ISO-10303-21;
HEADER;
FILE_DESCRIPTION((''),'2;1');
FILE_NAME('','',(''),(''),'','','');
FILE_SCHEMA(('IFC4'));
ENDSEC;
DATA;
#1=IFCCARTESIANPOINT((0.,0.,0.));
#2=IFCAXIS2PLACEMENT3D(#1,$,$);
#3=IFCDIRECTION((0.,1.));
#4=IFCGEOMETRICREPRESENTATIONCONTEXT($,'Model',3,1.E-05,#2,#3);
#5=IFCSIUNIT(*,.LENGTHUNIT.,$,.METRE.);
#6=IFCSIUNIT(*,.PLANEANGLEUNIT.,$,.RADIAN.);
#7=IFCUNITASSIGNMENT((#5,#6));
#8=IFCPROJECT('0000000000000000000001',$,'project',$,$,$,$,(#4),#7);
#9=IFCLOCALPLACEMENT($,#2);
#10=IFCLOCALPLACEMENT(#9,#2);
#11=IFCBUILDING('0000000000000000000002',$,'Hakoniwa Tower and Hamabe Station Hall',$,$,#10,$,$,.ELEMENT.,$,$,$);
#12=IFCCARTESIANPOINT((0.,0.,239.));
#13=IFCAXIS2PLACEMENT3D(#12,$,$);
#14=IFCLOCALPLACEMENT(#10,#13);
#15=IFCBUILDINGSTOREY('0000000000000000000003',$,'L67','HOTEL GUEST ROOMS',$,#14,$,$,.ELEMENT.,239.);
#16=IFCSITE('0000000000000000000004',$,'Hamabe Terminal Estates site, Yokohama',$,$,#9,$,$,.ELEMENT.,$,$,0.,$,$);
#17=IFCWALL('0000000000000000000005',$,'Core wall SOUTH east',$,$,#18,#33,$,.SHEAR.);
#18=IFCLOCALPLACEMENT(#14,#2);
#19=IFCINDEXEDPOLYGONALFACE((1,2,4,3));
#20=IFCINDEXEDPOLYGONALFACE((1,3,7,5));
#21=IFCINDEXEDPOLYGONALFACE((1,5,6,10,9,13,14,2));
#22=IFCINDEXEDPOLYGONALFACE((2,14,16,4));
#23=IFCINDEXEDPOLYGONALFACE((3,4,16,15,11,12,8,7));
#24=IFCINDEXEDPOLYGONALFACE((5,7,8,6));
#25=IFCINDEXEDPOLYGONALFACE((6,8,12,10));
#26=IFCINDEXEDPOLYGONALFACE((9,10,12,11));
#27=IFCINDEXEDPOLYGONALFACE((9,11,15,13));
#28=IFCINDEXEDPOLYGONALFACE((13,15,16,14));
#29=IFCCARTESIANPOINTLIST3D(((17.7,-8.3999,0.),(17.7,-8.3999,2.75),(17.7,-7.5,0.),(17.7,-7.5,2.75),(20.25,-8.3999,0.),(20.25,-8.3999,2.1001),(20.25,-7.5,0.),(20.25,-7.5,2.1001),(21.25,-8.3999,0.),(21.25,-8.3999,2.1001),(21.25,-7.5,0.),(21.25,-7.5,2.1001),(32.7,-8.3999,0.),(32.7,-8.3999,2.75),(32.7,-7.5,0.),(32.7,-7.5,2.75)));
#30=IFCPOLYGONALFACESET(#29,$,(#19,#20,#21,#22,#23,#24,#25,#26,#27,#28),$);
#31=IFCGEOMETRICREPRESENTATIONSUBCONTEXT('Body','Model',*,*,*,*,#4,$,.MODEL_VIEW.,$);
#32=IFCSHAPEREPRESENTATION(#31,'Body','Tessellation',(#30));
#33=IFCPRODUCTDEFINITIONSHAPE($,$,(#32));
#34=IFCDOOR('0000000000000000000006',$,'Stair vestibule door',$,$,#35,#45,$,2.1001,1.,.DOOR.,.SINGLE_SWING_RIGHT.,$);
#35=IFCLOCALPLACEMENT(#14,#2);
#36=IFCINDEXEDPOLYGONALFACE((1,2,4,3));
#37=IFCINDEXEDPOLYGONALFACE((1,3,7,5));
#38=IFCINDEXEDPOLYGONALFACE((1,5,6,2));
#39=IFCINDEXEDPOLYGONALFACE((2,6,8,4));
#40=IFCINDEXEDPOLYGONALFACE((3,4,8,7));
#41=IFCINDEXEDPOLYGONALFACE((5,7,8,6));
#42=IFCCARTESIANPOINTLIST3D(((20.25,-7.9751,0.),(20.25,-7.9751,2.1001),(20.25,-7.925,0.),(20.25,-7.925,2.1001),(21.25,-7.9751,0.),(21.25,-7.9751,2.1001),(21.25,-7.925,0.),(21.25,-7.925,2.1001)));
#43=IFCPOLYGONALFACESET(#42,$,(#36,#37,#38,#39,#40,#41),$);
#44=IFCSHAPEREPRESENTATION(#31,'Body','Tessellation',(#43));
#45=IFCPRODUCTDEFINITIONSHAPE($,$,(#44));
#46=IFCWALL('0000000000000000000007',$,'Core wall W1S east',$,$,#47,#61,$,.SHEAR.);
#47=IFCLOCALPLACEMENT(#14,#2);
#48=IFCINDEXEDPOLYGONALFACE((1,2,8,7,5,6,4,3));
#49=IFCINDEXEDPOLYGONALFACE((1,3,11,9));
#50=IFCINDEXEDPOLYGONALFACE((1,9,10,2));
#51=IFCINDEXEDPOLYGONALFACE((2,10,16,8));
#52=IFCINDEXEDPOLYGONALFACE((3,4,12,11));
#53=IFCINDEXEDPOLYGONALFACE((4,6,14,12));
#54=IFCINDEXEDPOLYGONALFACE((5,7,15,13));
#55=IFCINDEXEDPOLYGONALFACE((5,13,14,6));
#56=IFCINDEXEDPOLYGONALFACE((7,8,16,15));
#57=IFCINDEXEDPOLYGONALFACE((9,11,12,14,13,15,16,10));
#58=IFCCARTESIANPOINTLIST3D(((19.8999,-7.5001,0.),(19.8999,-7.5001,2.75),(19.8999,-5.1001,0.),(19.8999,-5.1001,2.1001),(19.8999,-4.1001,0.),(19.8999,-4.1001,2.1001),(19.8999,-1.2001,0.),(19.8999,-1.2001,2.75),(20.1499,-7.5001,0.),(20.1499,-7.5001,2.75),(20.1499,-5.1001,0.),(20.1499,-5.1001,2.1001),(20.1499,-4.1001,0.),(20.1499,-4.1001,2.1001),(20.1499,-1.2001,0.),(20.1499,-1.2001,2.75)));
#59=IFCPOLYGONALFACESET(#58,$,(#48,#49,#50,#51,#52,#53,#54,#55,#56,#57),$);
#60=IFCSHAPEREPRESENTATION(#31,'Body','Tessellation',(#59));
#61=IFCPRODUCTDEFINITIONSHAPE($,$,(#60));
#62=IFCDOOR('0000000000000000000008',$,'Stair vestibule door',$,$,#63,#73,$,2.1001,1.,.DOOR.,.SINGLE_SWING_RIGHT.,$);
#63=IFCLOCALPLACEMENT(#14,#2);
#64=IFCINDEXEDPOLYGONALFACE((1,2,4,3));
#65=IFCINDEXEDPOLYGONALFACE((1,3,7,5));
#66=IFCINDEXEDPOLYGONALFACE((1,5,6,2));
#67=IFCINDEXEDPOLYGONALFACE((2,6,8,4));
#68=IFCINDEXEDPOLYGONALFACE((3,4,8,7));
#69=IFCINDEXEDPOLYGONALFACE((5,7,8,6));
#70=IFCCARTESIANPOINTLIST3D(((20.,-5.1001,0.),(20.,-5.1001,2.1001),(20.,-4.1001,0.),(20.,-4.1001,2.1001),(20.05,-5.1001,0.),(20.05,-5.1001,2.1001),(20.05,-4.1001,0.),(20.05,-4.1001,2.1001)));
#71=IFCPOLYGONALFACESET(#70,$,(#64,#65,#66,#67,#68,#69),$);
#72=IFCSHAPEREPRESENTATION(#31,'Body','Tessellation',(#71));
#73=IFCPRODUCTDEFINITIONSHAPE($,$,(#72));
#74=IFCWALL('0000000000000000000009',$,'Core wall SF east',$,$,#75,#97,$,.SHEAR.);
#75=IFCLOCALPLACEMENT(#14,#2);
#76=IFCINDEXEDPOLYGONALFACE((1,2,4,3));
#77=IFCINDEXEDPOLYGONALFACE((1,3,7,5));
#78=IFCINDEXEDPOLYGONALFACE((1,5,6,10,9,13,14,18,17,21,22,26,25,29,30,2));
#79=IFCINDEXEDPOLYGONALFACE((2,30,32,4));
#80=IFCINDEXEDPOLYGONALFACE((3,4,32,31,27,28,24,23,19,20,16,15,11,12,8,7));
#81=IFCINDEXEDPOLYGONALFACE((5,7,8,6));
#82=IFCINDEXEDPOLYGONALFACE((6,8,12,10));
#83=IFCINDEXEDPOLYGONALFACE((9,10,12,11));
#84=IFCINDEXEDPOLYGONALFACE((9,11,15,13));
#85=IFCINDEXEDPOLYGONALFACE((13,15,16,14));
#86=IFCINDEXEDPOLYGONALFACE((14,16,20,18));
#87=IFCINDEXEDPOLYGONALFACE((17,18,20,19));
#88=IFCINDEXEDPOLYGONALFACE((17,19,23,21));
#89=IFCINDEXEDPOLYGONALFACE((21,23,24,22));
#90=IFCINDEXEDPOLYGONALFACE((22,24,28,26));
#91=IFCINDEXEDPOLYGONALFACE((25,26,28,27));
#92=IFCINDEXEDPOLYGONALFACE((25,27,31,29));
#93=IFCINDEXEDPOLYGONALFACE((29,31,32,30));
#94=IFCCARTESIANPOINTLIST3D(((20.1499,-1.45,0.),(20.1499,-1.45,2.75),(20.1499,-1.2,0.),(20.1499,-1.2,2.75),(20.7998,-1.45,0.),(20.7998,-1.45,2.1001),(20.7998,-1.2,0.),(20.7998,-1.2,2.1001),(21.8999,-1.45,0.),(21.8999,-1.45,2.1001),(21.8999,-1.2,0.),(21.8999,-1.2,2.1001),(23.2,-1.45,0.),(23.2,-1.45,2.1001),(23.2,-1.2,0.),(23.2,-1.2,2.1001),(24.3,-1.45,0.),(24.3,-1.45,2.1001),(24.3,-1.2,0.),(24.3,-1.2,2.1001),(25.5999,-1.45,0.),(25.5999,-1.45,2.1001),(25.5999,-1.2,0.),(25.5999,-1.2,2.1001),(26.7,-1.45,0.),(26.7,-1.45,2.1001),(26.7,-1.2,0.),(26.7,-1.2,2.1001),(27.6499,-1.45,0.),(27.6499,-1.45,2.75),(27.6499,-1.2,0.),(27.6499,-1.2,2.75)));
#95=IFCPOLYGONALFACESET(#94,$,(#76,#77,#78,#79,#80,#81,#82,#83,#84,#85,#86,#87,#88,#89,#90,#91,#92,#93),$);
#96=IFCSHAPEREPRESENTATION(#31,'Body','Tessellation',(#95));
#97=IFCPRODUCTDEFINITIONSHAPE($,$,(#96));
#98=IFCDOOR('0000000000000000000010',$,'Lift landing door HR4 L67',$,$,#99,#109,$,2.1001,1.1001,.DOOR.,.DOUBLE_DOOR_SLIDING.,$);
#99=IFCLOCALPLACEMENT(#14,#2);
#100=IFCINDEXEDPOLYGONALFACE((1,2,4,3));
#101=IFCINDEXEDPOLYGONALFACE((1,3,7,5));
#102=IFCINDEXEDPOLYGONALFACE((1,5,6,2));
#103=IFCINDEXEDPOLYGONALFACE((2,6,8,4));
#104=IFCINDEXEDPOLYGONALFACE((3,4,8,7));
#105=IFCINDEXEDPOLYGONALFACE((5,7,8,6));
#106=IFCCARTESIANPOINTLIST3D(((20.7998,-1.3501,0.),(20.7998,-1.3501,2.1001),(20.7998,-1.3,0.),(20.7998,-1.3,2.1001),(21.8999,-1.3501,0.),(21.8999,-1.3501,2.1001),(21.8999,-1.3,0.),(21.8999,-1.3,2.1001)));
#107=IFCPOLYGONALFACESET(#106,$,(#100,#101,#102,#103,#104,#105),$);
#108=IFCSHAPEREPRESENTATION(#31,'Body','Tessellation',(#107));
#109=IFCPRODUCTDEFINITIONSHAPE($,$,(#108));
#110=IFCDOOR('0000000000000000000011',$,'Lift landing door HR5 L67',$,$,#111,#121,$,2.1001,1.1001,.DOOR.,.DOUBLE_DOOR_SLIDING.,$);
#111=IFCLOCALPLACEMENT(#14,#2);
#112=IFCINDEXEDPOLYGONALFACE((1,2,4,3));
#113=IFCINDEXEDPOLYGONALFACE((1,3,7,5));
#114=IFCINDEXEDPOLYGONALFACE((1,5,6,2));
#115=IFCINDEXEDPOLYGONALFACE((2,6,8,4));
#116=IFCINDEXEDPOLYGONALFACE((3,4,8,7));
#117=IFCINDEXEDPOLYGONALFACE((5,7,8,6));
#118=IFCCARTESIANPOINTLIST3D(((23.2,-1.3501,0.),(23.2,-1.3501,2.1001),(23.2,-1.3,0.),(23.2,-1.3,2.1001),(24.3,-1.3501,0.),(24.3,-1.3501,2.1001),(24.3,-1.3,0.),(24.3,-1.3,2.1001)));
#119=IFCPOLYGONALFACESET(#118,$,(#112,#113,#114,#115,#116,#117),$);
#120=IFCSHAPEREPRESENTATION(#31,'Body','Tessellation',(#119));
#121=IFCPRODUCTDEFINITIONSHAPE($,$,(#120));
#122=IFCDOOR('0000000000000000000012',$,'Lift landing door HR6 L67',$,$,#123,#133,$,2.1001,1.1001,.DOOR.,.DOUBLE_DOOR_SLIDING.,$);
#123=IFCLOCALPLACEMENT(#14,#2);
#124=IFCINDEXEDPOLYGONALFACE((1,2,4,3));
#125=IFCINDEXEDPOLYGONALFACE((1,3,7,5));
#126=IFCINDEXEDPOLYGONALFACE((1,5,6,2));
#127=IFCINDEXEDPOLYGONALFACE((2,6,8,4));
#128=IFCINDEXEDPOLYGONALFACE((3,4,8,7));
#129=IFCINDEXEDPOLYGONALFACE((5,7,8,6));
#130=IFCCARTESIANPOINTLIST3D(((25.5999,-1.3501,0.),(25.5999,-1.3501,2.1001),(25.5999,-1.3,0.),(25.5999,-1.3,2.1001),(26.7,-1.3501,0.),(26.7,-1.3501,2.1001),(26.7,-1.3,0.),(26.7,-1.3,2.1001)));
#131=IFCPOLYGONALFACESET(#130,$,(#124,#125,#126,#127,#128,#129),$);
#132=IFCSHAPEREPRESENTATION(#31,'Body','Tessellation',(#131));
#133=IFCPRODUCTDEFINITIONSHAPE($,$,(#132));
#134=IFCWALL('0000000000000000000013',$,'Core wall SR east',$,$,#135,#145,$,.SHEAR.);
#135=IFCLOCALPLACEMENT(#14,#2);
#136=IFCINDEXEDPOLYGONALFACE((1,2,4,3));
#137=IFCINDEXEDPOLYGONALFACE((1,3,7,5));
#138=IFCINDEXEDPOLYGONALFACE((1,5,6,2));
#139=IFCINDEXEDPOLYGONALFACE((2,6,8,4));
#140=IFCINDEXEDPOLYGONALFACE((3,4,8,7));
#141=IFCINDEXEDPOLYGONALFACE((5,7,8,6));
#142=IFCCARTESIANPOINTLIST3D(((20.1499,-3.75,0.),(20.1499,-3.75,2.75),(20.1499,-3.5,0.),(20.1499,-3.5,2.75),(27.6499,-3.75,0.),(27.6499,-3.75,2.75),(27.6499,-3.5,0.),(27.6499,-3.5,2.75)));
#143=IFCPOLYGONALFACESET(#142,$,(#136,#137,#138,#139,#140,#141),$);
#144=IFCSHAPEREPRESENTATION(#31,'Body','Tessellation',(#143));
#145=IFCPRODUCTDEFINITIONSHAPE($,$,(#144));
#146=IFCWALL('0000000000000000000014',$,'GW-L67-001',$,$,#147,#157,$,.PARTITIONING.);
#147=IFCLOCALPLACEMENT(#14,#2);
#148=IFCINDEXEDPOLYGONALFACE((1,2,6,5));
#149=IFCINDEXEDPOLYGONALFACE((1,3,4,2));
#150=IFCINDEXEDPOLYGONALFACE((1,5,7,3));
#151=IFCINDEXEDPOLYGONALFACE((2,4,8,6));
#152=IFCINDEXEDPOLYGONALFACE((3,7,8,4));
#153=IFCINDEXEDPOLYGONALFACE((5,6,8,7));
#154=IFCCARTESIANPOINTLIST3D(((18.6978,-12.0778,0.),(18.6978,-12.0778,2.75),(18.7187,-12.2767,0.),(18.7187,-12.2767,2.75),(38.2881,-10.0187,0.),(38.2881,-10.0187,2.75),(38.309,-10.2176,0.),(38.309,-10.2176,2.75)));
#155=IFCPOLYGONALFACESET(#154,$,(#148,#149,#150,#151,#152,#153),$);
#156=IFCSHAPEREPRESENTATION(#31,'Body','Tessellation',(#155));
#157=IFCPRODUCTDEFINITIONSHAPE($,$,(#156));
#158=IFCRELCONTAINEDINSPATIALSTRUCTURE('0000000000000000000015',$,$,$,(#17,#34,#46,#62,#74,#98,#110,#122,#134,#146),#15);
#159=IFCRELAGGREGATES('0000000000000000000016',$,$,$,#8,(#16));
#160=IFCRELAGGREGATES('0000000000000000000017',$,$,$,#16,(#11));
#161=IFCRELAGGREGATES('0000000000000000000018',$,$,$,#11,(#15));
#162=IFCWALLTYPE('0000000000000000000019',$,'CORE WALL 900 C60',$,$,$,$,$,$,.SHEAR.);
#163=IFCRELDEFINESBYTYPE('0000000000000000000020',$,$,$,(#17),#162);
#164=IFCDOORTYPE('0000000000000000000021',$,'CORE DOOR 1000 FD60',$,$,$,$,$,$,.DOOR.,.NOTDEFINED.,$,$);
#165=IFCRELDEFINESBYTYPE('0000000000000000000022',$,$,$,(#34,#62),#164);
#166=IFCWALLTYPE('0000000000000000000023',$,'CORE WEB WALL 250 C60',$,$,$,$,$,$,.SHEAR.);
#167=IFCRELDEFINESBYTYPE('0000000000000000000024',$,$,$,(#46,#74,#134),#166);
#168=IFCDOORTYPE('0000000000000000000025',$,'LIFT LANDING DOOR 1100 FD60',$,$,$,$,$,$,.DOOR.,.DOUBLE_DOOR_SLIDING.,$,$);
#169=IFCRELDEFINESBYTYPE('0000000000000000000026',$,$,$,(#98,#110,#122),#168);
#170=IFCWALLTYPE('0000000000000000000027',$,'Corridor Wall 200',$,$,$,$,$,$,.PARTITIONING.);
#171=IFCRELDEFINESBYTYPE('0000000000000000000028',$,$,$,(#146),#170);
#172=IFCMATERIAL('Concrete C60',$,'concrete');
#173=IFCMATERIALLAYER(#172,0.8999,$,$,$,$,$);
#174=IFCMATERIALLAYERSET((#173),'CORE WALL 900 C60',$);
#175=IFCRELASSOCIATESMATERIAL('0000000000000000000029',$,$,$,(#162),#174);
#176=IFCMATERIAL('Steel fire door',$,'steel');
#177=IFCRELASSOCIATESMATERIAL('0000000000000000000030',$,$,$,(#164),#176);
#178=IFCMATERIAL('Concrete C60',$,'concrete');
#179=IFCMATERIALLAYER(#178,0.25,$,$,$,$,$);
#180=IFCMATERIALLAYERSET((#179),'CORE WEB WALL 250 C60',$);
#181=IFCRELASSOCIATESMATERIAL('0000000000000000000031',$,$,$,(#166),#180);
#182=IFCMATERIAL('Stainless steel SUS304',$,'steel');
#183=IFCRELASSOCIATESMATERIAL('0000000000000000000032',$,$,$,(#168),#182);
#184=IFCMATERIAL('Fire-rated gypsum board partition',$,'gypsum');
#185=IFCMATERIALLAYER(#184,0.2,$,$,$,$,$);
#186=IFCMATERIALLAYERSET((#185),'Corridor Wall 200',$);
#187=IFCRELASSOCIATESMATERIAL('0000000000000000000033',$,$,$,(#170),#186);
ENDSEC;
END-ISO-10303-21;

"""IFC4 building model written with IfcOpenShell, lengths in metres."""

from ifc_helpers import new_model, si_unit, direction, frame, frame_2d, origin, place, context, subcontext, project, spatial, rectangle, extrude, material, layer, layer_set, type_object, element, fill, save


model = new_model("IFC4")

# Units and contexts
model_context = context("Model", 3, precision=1e-05, world=origin(), true_north=direction((0.0, 1.0)))
body_context = subcontext(model_context, "Body", "Model", "MODEL_VIEW")
ifc_project = project(units=[si_unit("LENGTHUNIT", "METRE"), si_unit("PLANEANGLEUNIT", "RADIAN")], contexts=[model_context])

# Site, building, storey
site_placement = place(None, origin())
site = spatial("IfcSite", under=ifc_project, at=site_placement, Name="Hamabe Terminal Estates site, Yokohama", CompositionType="ELEMENT", RefElevation=0.0)
building_placement = place(site_placement, origin())
building = spatial("IfcBuilding", under=site, at=building_placement, Name="Hakoniwa Tower and Hamabe Station Hall", CompositionType="ELEMENT")
storey_placement = place(building_placement, frame((0.0, 0.0, 239.0)))
storey = spatial("IfcBuildingStorey", under=building, at=storey_placement, Name="L67", Description="HOTEL GUEST ROOMS", CompositionType="ELEMENT", Elevation=239.0)

# Walls, openings, doors
ifc_material_1 = material(Name="Concrete C60", Category="concrete")
ifc_layer_1 = layer(ifc_material_1, 0.8999)
ifc_layer_set_1 = layer_set([ifc_layer_1], Name="CORE WALL 900 C60")
wall_type_1 = type_object("IfcWallType", Name="CORE WALL 900 C60", PredefinedType="SHEAR", material=ifc_layer_set_1)
wall_1_placement = place(storey_placement, frame((17.7, -7.95, 0.0), z_axis=(0.0, 0.0, 1.0), x_axis=(1.0, 0.0, 0.0)))
wall_1 = element("IfcWall", 1, at=wall_1_placement, inside=storey, type_object=wall_type_1, Name="Core wall SOUTH east", PredefinedType="SHEAR", context=body_context, shape_type="SweptSolid", body=[
    extrude(rectangle(XDim=15.0, YDim=0.8999, at=frame_2d((7.5, 0.0))), origin(), (0.0, 0.0, 1.0), 2.75),
])
opening_1_placement = place(wall_1_placement, frame((2.55, 0.0, 0.0)))
opening_1 = element("IfcOpeningElement", 2, at=opening_1_placement, cuts=wall_1, PredefinedType="OPENING", context=body_context, shape_type="SweptSolid", body=[
    extrude(rectangle(XDim=1.0, YDim=2.1001, at=frame_2d((0.5, 1.05))), frame((0.0, 0.46, 0.0), z_axis=(0.0, -1.0, 0.0), x_axis=(1.0, 0.0, 0.0)), (0.0, 0.0, 1.0), 0.9199),
])
ifc_material_2 = material(Name="Steel fire door", Category="steel")
door_type_1 = type_object("IfcDoorType", Name="CORE DOOR 1000 FD60", OperationType="NOTDEFINED", PredefinedType="DOOR", material=ifc_material_2)
door_1_placement = place(opening_1_placement, origin())
door_1 = element("IfcDoor", 3, at=door_1_placement, inside=storey, type_object=door_type_1, Name="Stair vestibule door", OperationType="SINGLE_SWING_RIGHT", OverallHeight=2.1001, OverallWidth=1.0, PredefinedType="DOOR", context=body_context, shape_type="SweptSolid", body=[
    extrude(rectangle(XDim=1.0, YDim=2.1001, at=frame_2d((0.5, 1.05))), frame((0.0, 0.0249, 0.0), z_axis=(0.0, -1.0, 0.0), x_axis=(1.0, 0.0, 0.0)), (0.0, 0.0, 1.0), 0.05),
])
fill(opening_1, door_1)
ifc_material_3 = material(Name="Concrete C60", Category="concrete")
ifc_layer_2 = layer(ifc_material_3, 0.25)
ifc_layer_set_2 = layer_set([ifc_layer_2], Name="CORE WEB WALL 250 C60")
wall_type_2 = type_object("IfcWallType", Name="CORE WEB WALL 250 C60", PredefinedType="SHEAR", material=ifc_layer_set_2)
wall_2_placement = place(storey_placement, frame((20.0249, -7.5, 0.0), z_axis=(0.0, 0.0, 1.0), x_axis=(0.0, 1.0, 0.0)))
wall_2 = element("IfcWall", 4, at=wall_2_placement, inside=storey, type_object=wall_type_2, Name="Core wall W1S east", PredefinedType="SHEAR", context=body_context, shape_type="SweptSolid", body=[
    extrude(rectangle(XDim=6.3, YDim=0.25, at=frame_2d((3.1499, 0.0))), origin(), (0.0, 0.0, 1.0), 2.75),
])
opening_2_placement = place(wall_2_placement, frame((2.3999, 0.0, 0.0)))
opening_2 = element("IfcOpeningElement", 5, at=opening_2_placement, cuts=wall_2, PredefinedType="OPENING", context=body_context, shape_type="SweptSolid", body=[
    extrude(rectangle(XDim=1.0, YDim=2.1001, at=frame_2d((0.5, 1.05))), frame((0.0, 0.135, 0.0), z_axis=(0.0, -1.0, 0.0), x_axis=(1.0, 0.0, 0.0)), (0.0, 0.0, 1.0), 0.27),
])
door_2_placement = place(opening_2_placement, origin())
door_2 = element("IfcDoor", 6, at=door_2_placement, inside=storey, type_object=door_type_1, Name="Stair vestibule door", OperationType="SINGLE_SWING_RIGHT", OverallHeight=2.1001, OverallWidth=1.0, PredefinedType="DOOR", context=body_context, shape_type="SweptSolid", body=[
    extrude(rectangle(XDim=1.0, YDim=2.1001, at=frame_2d((0.5, 1.05))), frame((0.0, 0.0249, 0.0), z_axis=(0.0, -1.0, 0.0), x_axis=(1.0, 0.0, 0.0)), (0.0, 0.0, 1.0), 0.05),
])
fill(opening_2, door_2)

# Wall, openings, doors
wall_3_placement = place(storey_placement, frame((20.1499, -1.325, 0.0), z_axis=(0.0, 0.0, 1.0), x_axis=(1.0, 0.0, 0.0)))
wall_3 = element("IfcWall", 7, at=wall_3_placement, inside=storey, type_object=wall_type_2, Name="Core wall SF east", PredefinedType="SHEAR", context=body_context, shape_type="SweptSolid", body=[
    extrude(rectangle(XDim=7.5, YDim=0.25, at=frame_2d((3.75, 0.0))), origin(), (0.0, 0.0, 1.0), 2.75),
])
opening_3_placement = place(wall_3_placement, frame((0.6499, 0.0, 0.0)))
opening_3 = element("IfcOpeningElement", 8, at=opening_3_placement, cuts=wall_3, PredefinedType="OPENING", context=body_context, shape_type="SweptSolid", body=[
    extrude(rectangle(XDim=1.1001, YDim=2.1001, at=frame_2d((0.55, 1.05))), frame((0.0, 0.135, 0.0), z_axis=(0.0, -1.0, 0.0), x_axis=(1.0, 0.0, 0.0)), (0.0, 0.0, 1.0), 0.27),
])
opening_4_placement = place(wall_3_placement, frame((3.05, 0.0, 0.0)))
opening_4 = element("IfcOpeningElement", 9, at=opening_4_placement, cuts=wall_3, PredefinedType="OPENING", context=body_context, shape_type="SweptSolid", body=[
    extrude(rectangle(XDim=1.1001, YDim=2.1001, at=frame_2d((0.55, 1.05))), frame((0.0, 0.135, 0.0), z_axis=(0.0, -1.0, 0.0), x_axis=(1.0, 0.0, 0.0)), (0.0, 0.0, 1.0), 0.27),
])
opening_5_placement = place(wall_3_placement, frame((5.45, 0.0, 0.0)))
opening_5 = element("IfcOpeningElement", 10, at=opening_5_placement, cuts=wall_3, PredefinedType="OPENING", context=body_context, shape_type="SweptSolid", body=[
    extrude(rectangle(XDim=1.1001, YDim=2.1001, at=frame_2d((0.55, 1.05))), frame((0.0, 0.135, 0.0), z_axis=(0.0, -1.0, 0.0), x_axis=(1.0, 0.0, 0.0)), (0.0, 0.0, 1.0), 0.27),
])
ifc_material_4 = material(Name="Stainless steel SUS304", Category="steel")
door_type_2 = type_object("IfcDoorType", Name="LIFT LANDING DOOR 1100 FD60", OperationType="DOUBLE_DOOR_SLIDING", PredefinedType="DOOR", material=ifc_material_4)
door_3_placement = place(opening_3_placement, origin())
door_3 = element("IfcDoor", 11, at=door_3_placement, inside=storey, type_object=door_type_2, Name="Lift landing door HR4 L67", OperationType="DOUBLE_DOOR_SLIDING", OverallHeight=2.1001, OverallWidth=1.1001, PredefinedType="DOOR", context=body_context, shape_type="SweptSolid", body=[
    extrude(rectangle(XDim=1.1001, YDim=2.1001, at=frame_2d((0.55, 1.05))), frame((0.0, 0.0249, 0.0), z_axis=(0.0, -1.0, 0.0), x_axis=(1.0, 0.0, 0.0)), (0.0, 0.0, 1.0), 0.05),
])
fill(opening_3, door_3)
door_4_placement = place(opening_4_placement, origin())
door_4 = element("IfcDoor", 12, at=door_4_placement, inside=storey, type_object=door_type_2, Name="Lift landing door HR5 L67", OperationType="DOUBLE_DOOR_SLIDING", OverallHeight=2.1001, OverallWidth=1.1001, PredefinedType="DOOR", context=body_context, shape_type="SweptSolid", body=[
    extrude(rectangle(XDim=1.1001, YDim=2.1001, at=frame_2d((0.55, 1.05))), frame((0.0, 0.0249, 0.0), z_axis=(0.0, -1.0, 0.0), x_axis=(1.0, 0.0, 0.0)), (0.0, 0.0, 1.0), 0.05),
])
fill(opening_4, door_4)
door_5_placement = place(opening_5_placement, origin())
door_5 = element("IfcDoor", 13, at=door_5_placement, inside=storey, type_object=door_type_2, Name="Lift landing door HR6 L67", OperationType="DOUBLE_DOOR_SLIDING", OverallHeight=2.1001, OverallWidth=1.1001, PredefinedType="DOOR", context=body_context, shape_type="SweptSolid", body=[
    extrude(rectangle(XDim=1.1001, YDim=2.1001, at=frame_2d((0.55, 1.05))), frame((0.0, 0.0249, 0.0), z_axis=(0.0, -1.0, 0.0), x_axis=(1.0, 0.0, 0.0)), (0.0, 0.0, 1.0), 0.05),
])
fill(opening_5, door_5)

# Walls
wall_4_placement = place(storey_placement, frame((20.1499, -3.625, 0.0), z_axis=(0.0, 0.0, 1.0), x_axis=(1.0, 0.0, 0.0)))
element("IfcWall", 14, at=wall_4_placement, inside=storey, type_object=wall_type_2, Name="Core wall SR east", PredefinedType="SHEAR", context=body_context, shape_type="SweptSolid", body=[
    extrude(rectangle(XDim=7.5, YDim=0.25, at=frame_2d((3.75, 0.0))), origin(), (0.0, 0.0, 1.0), 2.75),
])
ifc_material_5 = material(Name="Fire-rated gypsum board partition", Category="gypsum")
ifc_layer_3 = layer(ifc_material_5, 0.2)
ifc_layer_set_3 = layer_set([ifc_layer_3], Name="Corridor Wall 200")
wall_type_3 = type_object("IfcWallType", Name="Corridor Wall 200", PredefinedType="PARTITIONING", material=ifc_layer_set_3)
wall_5_placement = place(storey_placement, frame((18.7083, -12.1772, 0.0), z_axis=(0.0, 0.0, 1.0), x_axis=(0.994522, 0.104531, 0.0)))
element("IfcWall", 15, at=wall_5_placement, inside=storey, type_object=wall_type_3, Name="GW-L67-001", PredefinedType="PARTITIONING", context=body_context, shape_type="SweptSolid", body=[
    extrude(rectangle(XDim=19.6982, YDim=0.2, at=frame_2d((9.8491, 0.0))), origin(), (0.0, 0.0, 1.0), 2.75),
])

save(model, "model.ifc")
